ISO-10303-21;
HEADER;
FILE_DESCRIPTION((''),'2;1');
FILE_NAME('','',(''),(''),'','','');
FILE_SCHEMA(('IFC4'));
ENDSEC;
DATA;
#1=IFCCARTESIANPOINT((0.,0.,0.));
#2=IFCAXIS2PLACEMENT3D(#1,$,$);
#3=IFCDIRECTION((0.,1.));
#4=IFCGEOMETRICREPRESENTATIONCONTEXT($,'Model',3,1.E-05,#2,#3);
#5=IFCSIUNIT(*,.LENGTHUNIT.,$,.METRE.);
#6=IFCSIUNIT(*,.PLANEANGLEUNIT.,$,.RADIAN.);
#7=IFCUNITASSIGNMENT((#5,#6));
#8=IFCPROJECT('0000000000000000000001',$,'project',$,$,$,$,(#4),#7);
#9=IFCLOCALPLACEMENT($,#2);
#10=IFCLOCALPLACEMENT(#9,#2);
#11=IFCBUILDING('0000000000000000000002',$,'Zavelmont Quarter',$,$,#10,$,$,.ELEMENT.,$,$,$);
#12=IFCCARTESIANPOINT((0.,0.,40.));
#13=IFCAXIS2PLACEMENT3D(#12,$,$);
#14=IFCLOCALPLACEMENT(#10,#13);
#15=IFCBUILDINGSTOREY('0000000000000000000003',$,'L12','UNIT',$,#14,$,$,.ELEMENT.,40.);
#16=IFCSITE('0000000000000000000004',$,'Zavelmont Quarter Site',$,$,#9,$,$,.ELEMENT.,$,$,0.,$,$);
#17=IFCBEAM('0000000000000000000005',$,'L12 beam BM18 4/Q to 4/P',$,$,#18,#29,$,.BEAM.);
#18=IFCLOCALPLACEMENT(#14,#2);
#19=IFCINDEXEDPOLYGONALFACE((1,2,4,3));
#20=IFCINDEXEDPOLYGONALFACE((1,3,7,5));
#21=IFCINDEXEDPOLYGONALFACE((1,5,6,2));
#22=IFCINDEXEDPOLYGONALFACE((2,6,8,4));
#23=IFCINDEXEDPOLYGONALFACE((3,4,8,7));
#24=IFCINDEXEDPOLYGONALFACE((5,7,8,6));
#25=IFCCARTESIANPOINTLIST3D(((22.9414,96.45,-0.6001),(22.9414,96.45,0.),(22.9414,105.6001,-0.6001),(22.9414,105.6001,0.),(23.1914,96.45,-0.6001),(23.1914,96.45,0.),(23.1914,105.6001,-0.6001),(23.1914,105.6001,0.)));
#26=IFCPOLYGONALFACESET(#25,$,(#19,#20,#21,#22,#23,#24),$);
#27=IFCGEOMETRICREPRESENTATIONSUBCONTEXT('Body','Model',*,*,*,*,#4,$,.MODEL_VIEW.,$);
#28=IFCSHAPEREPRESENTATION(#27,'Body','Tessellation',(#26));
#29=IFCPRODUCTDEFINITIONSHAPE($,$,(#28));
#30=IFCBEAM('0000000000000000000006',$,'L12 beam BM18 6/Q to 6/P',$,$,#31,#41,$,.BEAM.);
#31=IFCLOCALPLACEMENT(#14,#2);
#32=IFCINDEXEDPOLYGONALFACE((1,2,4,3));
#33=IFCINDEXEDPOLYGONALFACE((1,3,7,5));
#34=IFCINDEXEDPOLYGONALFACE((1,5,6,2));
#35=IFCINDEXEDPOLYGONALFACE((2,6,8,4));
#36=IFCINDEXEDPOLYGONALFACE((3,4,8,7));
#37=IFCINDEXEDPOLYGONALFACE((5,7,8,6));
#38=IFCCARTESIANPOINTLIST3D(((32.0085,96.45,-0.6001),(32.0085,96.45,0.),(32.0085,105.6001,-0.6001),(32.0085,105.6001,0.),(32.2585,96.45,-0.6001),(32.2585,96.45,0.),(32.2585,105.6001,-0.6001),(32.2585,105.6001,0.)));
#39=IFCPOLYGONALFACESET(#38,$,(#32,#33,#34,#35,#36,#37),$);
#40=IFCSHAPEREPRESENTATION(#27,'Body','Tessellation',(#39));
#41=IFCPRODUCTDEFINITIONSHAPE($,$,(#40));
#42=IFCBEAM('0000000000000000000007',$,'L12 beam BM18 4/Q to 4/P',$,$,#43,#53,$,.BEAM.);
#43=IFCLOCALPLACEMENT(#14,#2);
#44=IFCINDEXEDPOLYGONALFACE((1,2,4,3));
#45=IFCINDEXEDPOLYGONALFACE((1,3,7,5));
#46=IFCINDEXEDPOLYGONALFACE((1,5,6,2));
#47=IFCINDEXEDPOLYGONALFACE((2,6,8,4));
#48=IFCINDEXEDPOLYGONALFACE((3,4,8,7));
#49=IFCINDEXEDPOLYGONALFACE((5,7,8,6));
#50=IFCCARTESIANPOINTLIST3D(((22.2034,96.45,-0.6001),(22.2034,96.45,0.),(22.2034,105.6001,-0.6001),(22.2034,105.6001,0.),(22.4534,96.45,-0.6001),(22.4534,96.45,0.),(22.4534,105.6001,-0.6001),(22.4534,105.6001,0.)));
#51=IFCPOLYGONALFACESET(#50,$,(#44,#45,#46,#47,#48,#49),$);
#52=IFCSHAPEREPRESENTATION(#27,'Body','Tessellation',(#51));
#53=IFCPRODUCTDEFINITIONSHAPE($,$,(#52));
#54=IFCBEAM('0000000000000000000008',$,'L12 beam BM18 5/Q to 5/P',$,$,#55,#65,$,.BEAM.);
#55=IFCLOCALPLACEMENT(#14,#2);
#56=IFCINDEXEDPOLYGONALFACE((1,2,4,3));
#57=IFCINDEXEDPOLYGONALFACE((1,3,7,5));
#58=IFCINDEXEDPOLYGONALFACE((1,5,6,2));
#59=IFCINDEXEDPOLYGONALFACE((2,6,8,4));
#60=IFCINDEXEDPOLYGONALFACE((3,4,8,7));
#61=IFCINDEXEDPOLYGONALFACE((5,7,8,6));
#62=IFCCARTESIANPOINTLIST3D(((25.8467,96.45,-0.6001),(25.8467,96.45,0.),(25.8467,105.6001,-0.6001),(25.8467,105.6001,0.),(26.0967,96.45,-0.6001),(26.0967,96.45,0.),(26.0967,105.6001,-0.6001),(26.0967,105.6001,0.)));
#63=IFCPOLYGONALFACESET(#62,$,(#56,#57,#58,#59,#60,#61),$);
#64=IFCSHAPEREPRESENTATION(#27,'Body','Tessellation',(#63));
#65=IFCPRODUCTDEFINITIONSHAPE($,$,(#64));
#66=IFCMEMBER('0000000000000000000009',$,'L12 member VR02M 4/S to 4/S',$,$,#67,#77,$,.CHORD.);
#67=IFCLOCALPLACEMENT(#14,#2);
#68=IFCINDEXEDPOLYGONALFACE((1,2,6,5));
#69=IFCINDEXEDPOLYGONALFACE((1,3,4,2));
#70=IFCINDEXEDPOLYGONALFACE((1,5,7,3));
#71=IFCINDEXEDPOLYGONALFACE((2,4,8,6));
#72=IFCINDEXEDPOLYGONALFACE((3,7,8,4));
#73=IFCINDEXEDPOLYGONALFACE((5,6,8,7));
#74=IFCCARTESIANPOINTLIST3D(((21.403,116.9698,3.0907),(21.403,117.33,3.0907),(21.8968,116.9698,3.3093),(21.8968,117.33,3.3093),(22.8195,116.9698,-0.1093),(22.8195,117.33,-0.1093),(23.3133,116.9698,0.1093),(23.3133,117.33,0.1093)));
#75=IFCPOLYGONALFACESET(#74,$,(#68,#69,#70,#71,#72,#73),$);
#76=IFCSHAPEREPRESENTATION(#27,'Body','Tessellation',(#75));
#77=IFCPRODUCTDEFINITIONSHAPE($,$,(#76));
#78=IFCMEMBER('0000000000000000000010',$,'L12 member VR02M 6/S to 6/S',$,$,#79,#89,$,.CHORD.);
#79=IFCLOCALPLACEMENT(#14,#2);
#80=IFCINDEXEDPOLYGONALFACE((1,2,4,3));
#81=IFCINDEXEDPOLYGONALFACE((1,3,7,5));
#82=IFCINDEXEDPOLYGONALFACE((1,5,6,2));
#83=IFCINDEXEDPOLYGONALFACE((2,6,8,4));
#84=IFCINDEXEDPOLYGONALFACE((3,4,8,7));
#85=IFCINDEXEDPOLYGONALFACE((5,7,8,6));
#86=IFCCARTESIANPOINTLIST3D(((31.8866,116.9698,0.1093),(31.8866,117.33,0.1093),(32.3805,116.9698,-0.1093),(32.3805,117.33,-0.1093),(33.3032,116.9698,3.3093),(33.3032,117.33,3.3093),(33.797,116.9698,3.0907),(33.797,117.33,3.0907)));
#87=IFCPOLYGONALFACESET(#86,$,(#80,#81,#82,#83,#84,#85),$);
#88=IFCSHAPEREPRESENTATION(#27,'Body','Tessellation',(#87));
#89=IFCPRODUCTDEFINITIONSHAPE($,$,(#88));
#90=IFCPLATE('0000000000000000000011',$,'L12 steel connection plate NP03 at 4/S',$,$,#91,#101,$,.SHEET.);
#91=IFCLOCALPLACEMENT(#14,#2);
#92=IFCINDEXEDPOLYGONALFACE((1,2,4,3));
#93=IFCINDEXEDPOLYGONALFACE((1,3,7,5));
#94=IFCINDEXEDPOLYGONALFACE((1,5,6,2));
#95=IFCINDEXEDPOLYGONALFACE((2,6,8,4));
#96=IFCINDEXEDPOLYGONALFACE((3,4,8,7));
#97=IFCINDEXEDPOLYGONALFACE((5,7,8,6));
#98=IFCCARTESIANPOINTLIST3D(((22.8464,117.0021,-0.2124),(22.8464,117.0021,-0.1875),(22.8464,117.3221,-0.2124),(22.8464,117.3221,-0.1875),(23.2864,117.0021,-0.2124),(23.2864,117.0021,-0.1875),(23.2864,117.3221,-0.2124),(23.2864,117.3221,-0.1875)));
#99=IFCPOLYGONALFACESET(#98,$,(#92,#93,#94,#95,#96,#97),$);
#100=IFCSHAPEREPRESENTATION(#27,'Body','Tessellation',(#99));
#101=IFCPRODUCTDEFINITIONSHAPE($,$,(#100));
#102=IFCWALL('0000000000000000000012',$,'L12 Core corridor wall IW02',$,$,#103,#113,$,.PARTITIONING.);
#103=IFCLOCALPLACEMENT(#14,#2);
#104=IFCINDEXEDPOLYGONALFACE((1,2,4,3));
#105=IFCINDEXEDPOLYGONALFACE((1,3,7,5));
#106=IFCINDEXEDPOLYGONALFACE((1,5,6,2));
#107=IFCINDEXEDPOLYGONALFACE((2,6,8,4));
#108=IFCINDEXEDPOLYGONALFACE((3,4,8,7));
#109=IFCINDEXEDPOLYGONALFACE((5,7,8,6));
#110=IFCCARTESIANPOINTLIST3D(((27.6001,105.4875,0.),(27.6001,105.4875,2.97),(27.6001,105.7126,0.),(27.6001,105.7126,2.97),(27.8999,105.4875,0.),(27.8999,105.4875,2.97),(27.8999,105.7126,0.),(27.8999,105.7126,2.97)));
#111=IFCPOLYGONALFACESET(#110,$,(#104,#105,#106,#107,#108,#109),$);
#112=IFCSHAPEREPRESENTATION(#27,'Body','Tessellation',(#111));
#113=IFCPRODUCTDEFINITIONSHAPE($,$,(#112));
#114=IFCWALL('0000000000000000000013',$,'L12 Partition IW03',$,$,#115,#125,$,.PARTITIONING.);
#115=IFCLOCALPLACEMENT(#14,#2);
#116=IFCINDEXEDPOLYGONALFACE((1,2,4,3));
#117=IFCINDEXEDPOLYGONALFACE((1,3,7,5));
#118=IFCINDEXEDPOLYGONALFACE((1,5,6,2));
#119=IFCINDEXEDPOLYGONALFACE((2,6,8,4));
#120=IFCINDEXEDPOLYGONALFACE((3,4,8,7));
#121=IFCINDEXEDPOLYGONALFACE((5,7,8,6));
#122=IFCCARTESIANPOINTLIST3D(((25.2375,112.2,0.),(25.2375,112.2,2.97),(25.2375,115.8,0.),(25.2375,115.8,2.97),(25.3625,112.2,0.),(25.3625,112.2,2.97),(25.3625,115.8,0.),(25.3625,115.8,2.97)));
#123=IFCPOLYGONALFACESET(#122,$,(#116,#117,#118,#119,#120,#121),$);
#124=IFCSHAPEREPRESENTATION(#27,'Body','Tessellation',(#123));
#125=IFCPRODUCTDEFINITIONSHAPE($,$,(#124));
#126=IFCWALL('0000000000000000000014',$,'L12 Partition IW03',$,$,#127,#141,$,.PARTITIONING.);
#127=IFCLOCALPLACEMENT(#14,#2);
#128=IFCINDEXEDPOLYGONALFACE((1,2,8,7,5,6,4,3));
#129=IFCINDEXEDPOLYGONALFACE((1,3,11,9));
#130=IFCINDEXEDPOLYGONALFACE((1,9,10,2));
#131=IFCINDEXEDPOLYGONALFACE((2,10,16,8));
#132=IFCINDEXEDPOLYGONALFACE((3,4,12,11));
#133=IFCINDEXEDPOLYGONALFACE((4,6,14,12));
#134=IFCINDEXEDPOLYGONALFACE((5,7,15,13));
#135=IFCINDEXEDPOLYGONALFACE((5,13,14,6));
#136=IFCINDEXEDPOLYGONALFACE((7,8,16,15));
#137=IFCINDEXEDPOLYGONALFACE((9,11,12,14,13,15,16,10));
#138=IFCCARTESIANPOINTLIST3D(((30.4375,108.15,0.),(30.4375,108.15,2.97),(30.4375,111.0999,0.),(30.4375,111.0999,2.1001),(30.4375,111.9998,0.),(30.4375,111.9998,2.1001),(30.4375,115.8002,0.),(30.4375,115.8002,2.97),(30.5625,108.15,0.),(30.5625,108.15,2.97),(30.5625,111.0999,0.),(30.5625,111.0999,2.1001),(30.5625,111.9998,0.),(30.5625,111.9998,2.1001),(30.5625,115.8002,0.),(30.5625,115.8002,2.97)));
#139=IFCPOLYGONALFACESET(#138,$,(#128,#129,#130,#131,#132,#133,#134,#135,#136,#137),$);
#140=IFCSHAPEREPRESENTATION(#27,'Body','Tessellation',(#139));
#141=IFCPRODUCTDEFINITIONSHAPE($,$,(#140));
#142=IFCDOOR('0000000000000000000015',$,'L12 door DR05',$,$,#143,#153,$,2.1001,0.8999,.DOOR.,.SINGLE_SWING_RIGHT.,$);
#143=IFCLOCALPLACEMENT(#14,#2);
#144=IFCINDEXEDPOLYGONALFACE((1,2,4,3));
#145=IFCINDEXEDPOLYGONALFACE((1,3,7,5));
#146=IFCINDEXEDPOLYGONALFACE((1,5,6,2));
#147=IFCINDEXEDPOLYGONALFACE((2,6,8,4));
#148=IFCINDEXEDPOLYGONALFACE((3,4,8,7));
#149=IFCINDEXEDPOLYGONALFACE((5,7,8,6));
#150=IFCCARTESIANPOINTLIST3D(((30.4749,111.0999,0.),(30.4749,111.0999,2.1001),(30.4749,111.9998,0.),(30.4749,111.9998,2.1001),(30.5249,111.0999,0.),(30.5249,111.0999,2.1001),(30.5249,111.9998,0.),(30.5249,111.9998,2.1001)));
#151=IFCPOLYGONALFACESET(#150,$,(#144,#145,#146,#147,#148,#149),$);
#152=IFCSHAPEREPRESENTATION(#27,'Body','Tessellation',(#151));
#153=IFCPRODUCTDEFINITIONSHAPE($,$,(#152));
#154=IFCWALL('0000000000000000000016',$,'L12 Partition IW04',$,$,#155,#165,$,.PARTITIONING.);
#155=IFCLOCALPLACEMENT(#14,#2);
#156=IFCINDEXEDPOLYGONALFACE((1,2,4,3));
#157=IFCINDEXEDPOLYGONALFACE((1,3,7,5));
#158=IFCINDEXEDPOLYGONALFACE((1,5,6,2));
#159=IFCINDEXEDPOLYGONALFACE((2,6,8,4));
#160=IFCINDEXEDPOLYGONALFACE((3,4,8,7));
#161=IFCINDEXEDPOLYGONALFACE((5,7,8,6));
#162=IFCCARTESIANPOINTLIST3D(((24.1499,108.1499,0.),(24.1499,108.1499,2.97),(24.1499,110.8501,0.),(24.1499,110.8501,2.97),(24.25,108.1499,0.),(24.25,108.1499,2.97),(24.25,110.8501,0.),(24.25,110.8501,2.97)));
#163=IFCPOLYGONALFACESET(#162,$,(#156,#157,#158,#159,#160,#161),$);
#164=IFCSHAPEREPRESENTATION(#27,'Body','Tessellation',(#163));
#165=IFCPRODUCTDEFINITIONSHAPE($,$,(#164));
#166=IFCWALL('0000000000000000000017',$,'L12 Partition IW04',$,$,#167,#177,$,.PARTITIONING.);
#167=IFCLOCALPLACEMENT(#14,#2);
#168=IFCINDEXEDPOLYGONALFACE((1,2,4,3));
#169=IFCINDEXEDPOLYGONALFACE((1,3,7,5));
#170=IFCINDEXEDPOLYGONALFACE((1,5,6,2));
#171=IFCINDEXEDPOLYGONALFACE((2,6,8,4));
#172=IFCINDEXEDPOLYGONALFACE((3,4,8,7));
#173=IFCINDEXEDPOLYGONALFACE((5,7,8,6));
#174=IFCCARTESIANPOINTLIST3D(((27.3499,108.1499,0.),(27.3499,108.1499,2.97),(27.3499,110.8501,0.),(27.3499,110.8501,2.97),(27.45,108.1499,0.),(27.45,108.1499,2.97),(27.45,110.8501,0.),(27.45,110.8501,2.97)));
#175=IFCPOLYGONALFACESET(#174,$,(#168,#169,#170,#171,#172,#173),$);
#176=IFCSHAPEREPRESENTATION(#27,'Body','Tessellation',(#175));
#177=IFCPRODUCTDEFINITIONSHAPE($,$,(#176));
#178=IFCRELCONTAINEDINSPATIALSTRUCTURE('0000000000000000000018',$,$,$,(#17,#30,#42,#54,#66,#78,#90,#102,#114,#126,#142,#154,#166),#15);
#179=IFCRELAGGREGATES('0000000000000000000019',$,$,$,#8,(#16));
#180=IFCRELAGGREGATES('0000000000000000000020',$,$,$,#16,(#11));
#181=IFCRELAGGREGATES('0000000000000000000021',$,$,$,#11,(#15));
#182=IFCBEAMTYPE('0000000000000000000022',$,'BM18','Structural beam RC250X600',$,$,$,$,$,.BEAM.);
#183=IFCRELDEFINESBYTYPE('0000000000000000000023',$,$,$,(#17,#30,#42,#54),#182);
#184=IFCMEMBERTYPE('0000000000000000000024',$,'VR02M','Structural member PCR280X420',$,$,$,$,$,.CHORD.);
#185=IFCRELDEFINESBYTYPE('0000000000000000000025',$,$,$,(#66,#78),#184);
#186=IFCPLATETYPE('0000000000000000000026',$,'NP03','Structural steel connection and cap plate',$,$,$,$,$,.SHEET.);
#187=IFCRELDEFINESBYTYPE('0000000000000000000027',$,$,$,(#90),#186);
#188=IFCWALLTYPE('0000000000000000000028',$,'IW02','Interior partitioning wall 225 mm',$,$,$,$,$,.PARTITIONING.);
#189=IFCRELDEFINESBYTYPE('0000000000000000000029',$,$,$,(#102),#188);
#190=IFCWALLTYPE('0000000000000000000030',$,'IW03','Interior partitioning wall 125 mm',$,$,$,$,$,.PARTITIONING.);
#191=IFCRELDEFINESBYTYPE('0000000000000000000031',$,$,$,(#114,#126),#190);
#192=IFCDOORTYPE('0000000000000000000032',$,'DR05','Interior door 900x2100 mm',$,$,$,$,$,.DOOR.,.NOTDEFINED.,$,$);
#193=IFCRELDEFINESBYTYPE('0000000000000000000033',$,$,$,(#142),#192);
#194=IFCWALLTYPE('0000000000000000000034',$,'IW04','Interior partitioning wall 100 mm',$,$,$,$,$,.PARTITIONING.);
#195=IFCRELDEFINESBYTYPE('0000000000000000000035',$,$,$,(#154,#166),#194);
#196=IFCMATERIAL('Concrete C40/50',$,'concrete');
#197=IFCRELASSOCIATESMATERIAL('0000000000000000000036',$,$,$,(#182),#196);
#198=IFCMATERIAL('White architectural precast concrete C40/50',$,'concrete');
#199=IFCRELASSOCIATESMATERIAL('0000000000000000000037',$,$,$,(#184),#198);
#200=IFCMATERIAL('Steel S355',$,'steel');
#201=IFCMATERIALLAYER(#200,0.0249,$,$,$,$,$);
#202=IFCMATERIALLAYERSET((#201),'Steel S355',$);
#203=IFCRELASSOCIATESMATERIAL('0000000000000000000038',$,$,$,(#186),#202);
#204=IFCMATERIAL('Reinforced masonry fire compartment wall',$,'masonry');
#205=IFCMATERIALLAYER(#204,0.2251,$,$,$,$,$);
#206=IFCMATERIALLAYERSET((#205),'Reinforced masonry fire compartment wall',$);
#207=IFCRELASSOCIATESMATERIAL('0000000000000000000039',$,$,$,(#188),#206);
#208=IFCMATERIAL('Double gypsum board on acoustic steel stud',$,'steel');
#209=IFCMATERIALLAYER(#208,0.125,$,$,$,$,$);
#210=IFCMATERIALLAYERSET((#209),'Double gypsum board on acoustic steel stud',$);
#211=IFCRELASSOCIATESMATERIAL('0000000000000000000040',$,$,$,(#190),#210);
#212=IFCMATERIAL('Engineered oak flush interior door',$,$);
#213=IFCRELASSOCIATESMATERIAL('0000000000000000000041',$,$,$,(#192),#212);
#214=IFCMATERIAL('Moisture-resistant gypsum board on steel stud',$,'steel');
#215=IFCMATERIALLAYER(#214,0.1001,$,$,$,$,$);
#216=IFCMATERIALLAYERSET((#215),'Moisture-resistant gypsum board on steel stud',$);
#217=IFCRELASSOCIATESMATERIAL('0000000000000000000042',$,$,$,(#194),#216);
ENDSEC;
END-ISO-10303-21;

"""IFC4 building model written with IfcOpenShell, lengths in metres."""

from ifc_helpers import new_model, si_unit, direction, frame, frame_2d, origin, origin_2d, place, context, subcontext, project, spatial, rectangle, extrude, material, layer, layer_set, material_profile, profile_set, type_object, element, fill, save


model = new_model("IFC4")

# Units and contexts
model_context = context("Model", 3, precision=1e-05, world=origin(), true_north=direction((0.0, 1.0)))
body_context = subcontext(model_context, "Body", "Model", "MODEL_VIEW")
ifc_project = project(units=[si_unit("LENGTHUNIT", "METRE"), si_unit("PLANEANGLEUNIT", "RADIAN")], contexts=[model_context])

# Site, building, storey
site_placement = place(None, origin())
site = spatial("IfcSite", under=ifc_project, at=site_placement, Name="Zavelmont Quarter Site", CompositionType="ELEMENT", RefElevation=0.0)
building_placement = place(site_placement, origin())
building = spatial("IfcBuilding", under=site, at=building_placement, Name="Zavelmont Quarter", CompositionType="ELEMENT")
storey_placement = place(building_placement, frame((0.0, 0.0, 40.0)))
storey = spatial("IfcBuildingStorey", under=building, at=storey_placement, Name="L12", Description="UNIT", CompositionType="ELEMENT", Elevation=40.0)

# Beams
ifc_material_1 = material(Name="Steel S355", Category="steel")
ifc_material_2 = material(Name="Concrete C40/50", Category="concrete")
ifc_material_profile_1 = material_profile(ifc_material_2, rectangle(XDim=0.25, YDim=0.6001, at=origin_2d()), Name="RC250X600")
ifc_profile_set_1 = profile_set([ifc_material_profile_1], Name="Concrete C40/50")
beam_type_1 = type_object("IfcBeamType", Name="BM18", Description="Structural beam RC250X600", PredefinedType="BEAM", material=ifc_profile_set_1)
for number, where, z_axis, x_axis, name in (
    (1, (23.0664, 105.6001, -0.3), (0.0, -1.0, 0.0), (1.0, 0.0, 0.0), "L12 beam BM18 4/Q to 4/P"),
    (2, (32.1335, 105.6001, -0.3), (0.0, -1.0, 0.0), (1.0, 0.0, 0.0), "L12 beam BM18 6/Q to 6/P"),
    (3, (22.3284, 105.6001, -0.3), (0.0, -1.0, 0.0), (1.0, 0.0, 0.0), "L12 beam BM18 4/Q to 4/P"),
    (4, (25.9717, 105.6001, -0.3), (0.0, -1.0, 0.0), (1.0, 0.0, 0.0), "L12 beam BM18 5/Q to 5/P"),
):
    element("IfcBeam", number, at=place(storey_placement, frame(where, z_axis=z_axis, x_axis=x_axis)), inside=storey, type_object=beam_type_1, Name=name, PredefinedType="BEAM", context=body_context, shape_type="SweptSolid", body=[
        extrude(rectangle(XDim=0.25, YDim=0.6001, at=origin_2d()), origin(), (0.0, 0.0, 1.0), 9.1501),
    ])

# Members
ifc_material_3 = material(Name="White architectural precast concrete C40/50", Category="concrete")
ifc_material_profile_2 = material_profile(ifc_material_3, rectangle(XDim=0.3601, YDim=0.54, at=origin_2d()), Name="PCR280X420")
ifc_profile_set_2 = profile_set([ifc_material_profile_2], Name="White architectural precast concrete C40/50")
member_type = type_object("IfcMemberType", Name="VR02M", Description="Structural member PCR280X420", PredefinedType="CHORD", material=ifc_profile_set_2)
for number, where, z_axis, x_axis, name in (
    (5, (23.0664, 117.1499, 0.0), (-0.404779, 0.0, 0.914415), (0.0, -1.0, 0.0), "L12 member VR02M 4/S to 4/S"),
    (6, (32.1335, 117.1499, 0.0), (0.404779, 0.0, 0.914415), (0.0, 1.0, 0.0), "L12 member VR02M 6/S to 6/S"),
):
    element("IfcMember", number, at=place(storey_placement, frame(where, z_axis=z_axis, x_axis=x_axis)), inside=storey, type_object=member_type, Name=name, PredefinedType="CHORD", context=body_context, shape_type="SweptSolid", body=[
        extrude(rectangle(XDim=0.3601, YDim=0.54, at=origin_2d()), origin(), (0.0, 0.0, 1.0), 3.4995),
    ])

# Plate
ifc_layer_1 = layer(ifc_material_1, 0.0249)
ifc_layer_set_1 = layer_set([ifc_layer_1], Name="Steel S355")
plate_type = type_object("IfcPlateType", Name="NP03", Description="Structural steel connection and cap plate", PredefinedType="SHEET", material=ifc_layer_set_1)
plate_placement = place(storey_placement, frame((23.0664, 117.1621, -0.2124), z_axis=(0.0, 0.0, 1.0), x_axis=(1.0, 0.0, 0.0)))
element("IfcPlate", 7, at=plate_placement, inside=storey, type_object=plate_type, Name="L12 steel connection plate NP03 at 4/S", PredefinedType="SHEET", context=body_context, shape_type="SweptSolid", body=[
    extrude(rectangle(XDim=0.4399, YDim=0.3201, at=origin_2d()), origin(), (0.0, 0.0, 1.0), 0.0249),
])

# Wall
ifc_material_4 = material(Name="Reinforced masonry fire compartment wall", Category="masonry")
ifc_layer_2 = layer(ifc_material_4, 0.2251)
ifc_layer_set_2 = layer_set([ifc_layer_2], Name="Reinforced masonry fire compartment wall")
wall_type_1 = type_object("IfcWallType", Name="IW02", Description="Interior partitioning wall 225 mm", PredefinedType="PARTITIONING", material=ifc_layer_set_2)
wall_1_placement = place(storey_placement, frame((27.6001, 105.6001, 0.0), z_axis=(0.0, 0.0, 1.0), x_axis=(1.0, 0.0, 0.0)))
element("IfcWall", 8, at=wall_1_placement, inside=storey, type_object=wall_type_1, Name="L12 Core corridor wall IW02", PredefinedType="PARTITIONING", context=body_context, shape_type="SweptSolid", body=[
    extrude(rectangle(XDim=0.2998, YDim=0.2251, at=frame_2d((0.1499, 0.0))), origin(), (0.0, 0.0, 1.0), 2.97),
])

# Wall
ifc_material_5 = material(Name="Double gypsum board on acoustic steel stud", Category="steel")
ifc_layer_3 = layer(ifc_material_5, 0.125)
ifc_layer_set_3 = layer_set([ifc_layer_3], Name="Double gypsum board on acoustic steel stud")
wall_type_2 = type_object("IfcWallType", Name="IW03", Description="Interior partitioning wall 125 mm", PredefinedType="PARTITIONING", material=ifc_layer_set_3)
wall_2_placement = place(storey_placement, frame((25.3, 112.2, 0.0), z_axis=(0.0, 0.0, 1.0), x_axis=(0.0, 1.0, 0.0)))
element("IfcWall", 9, at=wall_2_placement, inside=storey, type_object=wall_type_2, Name="L12 Partition IW03", PredefinedType="PARTITIONING", context=body_context, shape_type="SweptSolid", body=[
    extrude(rectangle(XDim=3.6001, YDim=0.125, at=frame_2d((1.8, 0.0))), origin(), (0.0, 0.0, 1.0), 2.97),
])

# Wall, opening, door
wall_3_placement = place(storey_placement, frame((30.5, 108.1499, 0.0), z_axis=(0.0, 0.0, 1.0), x_axis=(0.0, 1.0, 0.0)))
wall_3 = element("IfcWall", 10, at=wall_3_placement, inside=storey, type_object=wall_type_2, Name="L12 Partition IW03", PredefinedType="PARTITIONING", context=body_context, shape_type="SweptSolid", body=[
    extrude(rectangle(XDim=7.6501, YDim=0.125, at=frame_2d((3.8252, 0.0))), origin(), (0.0, 0.0, 1.0), 2.97),
])
opening_1_placement = place(wall_3_placement, frame((2.95, 0.0, 0.0)))
opening_1 = element("IfcOpeningElement", 11, at=opening_1_placement, cuts=wall_3, PredefinedType="OPENING", context=body_context, shape_type="SweptSolid", body=[
    extrude(rectangle(XDim=0.8999, YDim=2.1001, at=frame_2d((0.45, 1.05))), frame((0.0, 0.0745, 0.0), z_axis=(0.0, -1.0, 0.0), x_axis=(1.0, 0.0, 0.0)), (0.0, 0.0, 1.0), 0.1489),
])
ifc_material_6 = material(Name="Engineered oak flush interior door")
door_type_1 = type_object("IfcDoorType", Name="DR05", Description="Interior door 900x2100 mm", OperationType="NOTDEFINED", PredefinedType="DOOR", material=ifc_material_6)
door_1_placement = place(opening_1_placement, frame((0.8999, 0.0, 0.0), z_axis=(0.0, 0.0, 1.0), x_axis=(-1.0, 0.0, 0.0)))
door_1 = element("IfcDoor", 12, at=door_1_placement, inside=storey, type_object=door_type_1, Name="L12 door DR05", OperationType="SINGLE_SWING_RIGHT", OverallHeight=2.1001, OverallWidth=0.8999, PredefinedType="DOOR", context=body_context, shape_type="SweptSolid", body=[
    extrude(rectangle(XDim=0.8999, YDim=2.1001, at=frame_2d((0.45, 1.05))), frame((0.0, 0.0249, 0.0), z_axis=(0.0, -1.0, 0.0), x_axis=(1.0, 0.0, 0.0)), (0.0, 0.0, 1.0), 0.05),
])
fill(opening_1, door_1)

# Walls
ifc_material_7 = material(Name="Moisture-resistant gypsum board on steel stud", Category="steel")
ifc_layer_4 = layer(ifc_material_7, 0.1001)
ifc_layer_set_4 = layer_set([ifc_layer_4], Name="Moisture-resistant gypsum board on steel stud")
wall_type_3 = type_object("IfcWallType", Name="IW04", Description="Interior partitioning wall 100 mm", PredefinedType="PARTITIONING", material=ifc_layer_set_4)
for number, where, z_axis, x_axis, name in (
    (13, (24.2, 108.1499, 0.0), (0.0, 0.0, 1.0), (0.0, 1.0, 0.0), "L12 Partition IW04"),
    (14, (27.3999, 108.1499, 0.0), (0.0, 0.0, 1.0), (0.0, 1.0, 0.0), "L12 Partition IW04"),
):
    element("IfcWall", number, at=place(storey_placement, frame(where, z_axis=z_axis, x_axis=x_axis)), inside=storey, type_object=wall_type_3, Name=name, PredefinedType="PARTITIONING", context=body_context, shape_type="SweptSolid", body=[
        extrude(rectangle(XDim=2.7002, YDim=0.1001, at=frame_2d((1.3501, 0.0))), origin(), (0.0, 0.0, 1.0), 2.97),
    ])

save(model, "model.ifc")
